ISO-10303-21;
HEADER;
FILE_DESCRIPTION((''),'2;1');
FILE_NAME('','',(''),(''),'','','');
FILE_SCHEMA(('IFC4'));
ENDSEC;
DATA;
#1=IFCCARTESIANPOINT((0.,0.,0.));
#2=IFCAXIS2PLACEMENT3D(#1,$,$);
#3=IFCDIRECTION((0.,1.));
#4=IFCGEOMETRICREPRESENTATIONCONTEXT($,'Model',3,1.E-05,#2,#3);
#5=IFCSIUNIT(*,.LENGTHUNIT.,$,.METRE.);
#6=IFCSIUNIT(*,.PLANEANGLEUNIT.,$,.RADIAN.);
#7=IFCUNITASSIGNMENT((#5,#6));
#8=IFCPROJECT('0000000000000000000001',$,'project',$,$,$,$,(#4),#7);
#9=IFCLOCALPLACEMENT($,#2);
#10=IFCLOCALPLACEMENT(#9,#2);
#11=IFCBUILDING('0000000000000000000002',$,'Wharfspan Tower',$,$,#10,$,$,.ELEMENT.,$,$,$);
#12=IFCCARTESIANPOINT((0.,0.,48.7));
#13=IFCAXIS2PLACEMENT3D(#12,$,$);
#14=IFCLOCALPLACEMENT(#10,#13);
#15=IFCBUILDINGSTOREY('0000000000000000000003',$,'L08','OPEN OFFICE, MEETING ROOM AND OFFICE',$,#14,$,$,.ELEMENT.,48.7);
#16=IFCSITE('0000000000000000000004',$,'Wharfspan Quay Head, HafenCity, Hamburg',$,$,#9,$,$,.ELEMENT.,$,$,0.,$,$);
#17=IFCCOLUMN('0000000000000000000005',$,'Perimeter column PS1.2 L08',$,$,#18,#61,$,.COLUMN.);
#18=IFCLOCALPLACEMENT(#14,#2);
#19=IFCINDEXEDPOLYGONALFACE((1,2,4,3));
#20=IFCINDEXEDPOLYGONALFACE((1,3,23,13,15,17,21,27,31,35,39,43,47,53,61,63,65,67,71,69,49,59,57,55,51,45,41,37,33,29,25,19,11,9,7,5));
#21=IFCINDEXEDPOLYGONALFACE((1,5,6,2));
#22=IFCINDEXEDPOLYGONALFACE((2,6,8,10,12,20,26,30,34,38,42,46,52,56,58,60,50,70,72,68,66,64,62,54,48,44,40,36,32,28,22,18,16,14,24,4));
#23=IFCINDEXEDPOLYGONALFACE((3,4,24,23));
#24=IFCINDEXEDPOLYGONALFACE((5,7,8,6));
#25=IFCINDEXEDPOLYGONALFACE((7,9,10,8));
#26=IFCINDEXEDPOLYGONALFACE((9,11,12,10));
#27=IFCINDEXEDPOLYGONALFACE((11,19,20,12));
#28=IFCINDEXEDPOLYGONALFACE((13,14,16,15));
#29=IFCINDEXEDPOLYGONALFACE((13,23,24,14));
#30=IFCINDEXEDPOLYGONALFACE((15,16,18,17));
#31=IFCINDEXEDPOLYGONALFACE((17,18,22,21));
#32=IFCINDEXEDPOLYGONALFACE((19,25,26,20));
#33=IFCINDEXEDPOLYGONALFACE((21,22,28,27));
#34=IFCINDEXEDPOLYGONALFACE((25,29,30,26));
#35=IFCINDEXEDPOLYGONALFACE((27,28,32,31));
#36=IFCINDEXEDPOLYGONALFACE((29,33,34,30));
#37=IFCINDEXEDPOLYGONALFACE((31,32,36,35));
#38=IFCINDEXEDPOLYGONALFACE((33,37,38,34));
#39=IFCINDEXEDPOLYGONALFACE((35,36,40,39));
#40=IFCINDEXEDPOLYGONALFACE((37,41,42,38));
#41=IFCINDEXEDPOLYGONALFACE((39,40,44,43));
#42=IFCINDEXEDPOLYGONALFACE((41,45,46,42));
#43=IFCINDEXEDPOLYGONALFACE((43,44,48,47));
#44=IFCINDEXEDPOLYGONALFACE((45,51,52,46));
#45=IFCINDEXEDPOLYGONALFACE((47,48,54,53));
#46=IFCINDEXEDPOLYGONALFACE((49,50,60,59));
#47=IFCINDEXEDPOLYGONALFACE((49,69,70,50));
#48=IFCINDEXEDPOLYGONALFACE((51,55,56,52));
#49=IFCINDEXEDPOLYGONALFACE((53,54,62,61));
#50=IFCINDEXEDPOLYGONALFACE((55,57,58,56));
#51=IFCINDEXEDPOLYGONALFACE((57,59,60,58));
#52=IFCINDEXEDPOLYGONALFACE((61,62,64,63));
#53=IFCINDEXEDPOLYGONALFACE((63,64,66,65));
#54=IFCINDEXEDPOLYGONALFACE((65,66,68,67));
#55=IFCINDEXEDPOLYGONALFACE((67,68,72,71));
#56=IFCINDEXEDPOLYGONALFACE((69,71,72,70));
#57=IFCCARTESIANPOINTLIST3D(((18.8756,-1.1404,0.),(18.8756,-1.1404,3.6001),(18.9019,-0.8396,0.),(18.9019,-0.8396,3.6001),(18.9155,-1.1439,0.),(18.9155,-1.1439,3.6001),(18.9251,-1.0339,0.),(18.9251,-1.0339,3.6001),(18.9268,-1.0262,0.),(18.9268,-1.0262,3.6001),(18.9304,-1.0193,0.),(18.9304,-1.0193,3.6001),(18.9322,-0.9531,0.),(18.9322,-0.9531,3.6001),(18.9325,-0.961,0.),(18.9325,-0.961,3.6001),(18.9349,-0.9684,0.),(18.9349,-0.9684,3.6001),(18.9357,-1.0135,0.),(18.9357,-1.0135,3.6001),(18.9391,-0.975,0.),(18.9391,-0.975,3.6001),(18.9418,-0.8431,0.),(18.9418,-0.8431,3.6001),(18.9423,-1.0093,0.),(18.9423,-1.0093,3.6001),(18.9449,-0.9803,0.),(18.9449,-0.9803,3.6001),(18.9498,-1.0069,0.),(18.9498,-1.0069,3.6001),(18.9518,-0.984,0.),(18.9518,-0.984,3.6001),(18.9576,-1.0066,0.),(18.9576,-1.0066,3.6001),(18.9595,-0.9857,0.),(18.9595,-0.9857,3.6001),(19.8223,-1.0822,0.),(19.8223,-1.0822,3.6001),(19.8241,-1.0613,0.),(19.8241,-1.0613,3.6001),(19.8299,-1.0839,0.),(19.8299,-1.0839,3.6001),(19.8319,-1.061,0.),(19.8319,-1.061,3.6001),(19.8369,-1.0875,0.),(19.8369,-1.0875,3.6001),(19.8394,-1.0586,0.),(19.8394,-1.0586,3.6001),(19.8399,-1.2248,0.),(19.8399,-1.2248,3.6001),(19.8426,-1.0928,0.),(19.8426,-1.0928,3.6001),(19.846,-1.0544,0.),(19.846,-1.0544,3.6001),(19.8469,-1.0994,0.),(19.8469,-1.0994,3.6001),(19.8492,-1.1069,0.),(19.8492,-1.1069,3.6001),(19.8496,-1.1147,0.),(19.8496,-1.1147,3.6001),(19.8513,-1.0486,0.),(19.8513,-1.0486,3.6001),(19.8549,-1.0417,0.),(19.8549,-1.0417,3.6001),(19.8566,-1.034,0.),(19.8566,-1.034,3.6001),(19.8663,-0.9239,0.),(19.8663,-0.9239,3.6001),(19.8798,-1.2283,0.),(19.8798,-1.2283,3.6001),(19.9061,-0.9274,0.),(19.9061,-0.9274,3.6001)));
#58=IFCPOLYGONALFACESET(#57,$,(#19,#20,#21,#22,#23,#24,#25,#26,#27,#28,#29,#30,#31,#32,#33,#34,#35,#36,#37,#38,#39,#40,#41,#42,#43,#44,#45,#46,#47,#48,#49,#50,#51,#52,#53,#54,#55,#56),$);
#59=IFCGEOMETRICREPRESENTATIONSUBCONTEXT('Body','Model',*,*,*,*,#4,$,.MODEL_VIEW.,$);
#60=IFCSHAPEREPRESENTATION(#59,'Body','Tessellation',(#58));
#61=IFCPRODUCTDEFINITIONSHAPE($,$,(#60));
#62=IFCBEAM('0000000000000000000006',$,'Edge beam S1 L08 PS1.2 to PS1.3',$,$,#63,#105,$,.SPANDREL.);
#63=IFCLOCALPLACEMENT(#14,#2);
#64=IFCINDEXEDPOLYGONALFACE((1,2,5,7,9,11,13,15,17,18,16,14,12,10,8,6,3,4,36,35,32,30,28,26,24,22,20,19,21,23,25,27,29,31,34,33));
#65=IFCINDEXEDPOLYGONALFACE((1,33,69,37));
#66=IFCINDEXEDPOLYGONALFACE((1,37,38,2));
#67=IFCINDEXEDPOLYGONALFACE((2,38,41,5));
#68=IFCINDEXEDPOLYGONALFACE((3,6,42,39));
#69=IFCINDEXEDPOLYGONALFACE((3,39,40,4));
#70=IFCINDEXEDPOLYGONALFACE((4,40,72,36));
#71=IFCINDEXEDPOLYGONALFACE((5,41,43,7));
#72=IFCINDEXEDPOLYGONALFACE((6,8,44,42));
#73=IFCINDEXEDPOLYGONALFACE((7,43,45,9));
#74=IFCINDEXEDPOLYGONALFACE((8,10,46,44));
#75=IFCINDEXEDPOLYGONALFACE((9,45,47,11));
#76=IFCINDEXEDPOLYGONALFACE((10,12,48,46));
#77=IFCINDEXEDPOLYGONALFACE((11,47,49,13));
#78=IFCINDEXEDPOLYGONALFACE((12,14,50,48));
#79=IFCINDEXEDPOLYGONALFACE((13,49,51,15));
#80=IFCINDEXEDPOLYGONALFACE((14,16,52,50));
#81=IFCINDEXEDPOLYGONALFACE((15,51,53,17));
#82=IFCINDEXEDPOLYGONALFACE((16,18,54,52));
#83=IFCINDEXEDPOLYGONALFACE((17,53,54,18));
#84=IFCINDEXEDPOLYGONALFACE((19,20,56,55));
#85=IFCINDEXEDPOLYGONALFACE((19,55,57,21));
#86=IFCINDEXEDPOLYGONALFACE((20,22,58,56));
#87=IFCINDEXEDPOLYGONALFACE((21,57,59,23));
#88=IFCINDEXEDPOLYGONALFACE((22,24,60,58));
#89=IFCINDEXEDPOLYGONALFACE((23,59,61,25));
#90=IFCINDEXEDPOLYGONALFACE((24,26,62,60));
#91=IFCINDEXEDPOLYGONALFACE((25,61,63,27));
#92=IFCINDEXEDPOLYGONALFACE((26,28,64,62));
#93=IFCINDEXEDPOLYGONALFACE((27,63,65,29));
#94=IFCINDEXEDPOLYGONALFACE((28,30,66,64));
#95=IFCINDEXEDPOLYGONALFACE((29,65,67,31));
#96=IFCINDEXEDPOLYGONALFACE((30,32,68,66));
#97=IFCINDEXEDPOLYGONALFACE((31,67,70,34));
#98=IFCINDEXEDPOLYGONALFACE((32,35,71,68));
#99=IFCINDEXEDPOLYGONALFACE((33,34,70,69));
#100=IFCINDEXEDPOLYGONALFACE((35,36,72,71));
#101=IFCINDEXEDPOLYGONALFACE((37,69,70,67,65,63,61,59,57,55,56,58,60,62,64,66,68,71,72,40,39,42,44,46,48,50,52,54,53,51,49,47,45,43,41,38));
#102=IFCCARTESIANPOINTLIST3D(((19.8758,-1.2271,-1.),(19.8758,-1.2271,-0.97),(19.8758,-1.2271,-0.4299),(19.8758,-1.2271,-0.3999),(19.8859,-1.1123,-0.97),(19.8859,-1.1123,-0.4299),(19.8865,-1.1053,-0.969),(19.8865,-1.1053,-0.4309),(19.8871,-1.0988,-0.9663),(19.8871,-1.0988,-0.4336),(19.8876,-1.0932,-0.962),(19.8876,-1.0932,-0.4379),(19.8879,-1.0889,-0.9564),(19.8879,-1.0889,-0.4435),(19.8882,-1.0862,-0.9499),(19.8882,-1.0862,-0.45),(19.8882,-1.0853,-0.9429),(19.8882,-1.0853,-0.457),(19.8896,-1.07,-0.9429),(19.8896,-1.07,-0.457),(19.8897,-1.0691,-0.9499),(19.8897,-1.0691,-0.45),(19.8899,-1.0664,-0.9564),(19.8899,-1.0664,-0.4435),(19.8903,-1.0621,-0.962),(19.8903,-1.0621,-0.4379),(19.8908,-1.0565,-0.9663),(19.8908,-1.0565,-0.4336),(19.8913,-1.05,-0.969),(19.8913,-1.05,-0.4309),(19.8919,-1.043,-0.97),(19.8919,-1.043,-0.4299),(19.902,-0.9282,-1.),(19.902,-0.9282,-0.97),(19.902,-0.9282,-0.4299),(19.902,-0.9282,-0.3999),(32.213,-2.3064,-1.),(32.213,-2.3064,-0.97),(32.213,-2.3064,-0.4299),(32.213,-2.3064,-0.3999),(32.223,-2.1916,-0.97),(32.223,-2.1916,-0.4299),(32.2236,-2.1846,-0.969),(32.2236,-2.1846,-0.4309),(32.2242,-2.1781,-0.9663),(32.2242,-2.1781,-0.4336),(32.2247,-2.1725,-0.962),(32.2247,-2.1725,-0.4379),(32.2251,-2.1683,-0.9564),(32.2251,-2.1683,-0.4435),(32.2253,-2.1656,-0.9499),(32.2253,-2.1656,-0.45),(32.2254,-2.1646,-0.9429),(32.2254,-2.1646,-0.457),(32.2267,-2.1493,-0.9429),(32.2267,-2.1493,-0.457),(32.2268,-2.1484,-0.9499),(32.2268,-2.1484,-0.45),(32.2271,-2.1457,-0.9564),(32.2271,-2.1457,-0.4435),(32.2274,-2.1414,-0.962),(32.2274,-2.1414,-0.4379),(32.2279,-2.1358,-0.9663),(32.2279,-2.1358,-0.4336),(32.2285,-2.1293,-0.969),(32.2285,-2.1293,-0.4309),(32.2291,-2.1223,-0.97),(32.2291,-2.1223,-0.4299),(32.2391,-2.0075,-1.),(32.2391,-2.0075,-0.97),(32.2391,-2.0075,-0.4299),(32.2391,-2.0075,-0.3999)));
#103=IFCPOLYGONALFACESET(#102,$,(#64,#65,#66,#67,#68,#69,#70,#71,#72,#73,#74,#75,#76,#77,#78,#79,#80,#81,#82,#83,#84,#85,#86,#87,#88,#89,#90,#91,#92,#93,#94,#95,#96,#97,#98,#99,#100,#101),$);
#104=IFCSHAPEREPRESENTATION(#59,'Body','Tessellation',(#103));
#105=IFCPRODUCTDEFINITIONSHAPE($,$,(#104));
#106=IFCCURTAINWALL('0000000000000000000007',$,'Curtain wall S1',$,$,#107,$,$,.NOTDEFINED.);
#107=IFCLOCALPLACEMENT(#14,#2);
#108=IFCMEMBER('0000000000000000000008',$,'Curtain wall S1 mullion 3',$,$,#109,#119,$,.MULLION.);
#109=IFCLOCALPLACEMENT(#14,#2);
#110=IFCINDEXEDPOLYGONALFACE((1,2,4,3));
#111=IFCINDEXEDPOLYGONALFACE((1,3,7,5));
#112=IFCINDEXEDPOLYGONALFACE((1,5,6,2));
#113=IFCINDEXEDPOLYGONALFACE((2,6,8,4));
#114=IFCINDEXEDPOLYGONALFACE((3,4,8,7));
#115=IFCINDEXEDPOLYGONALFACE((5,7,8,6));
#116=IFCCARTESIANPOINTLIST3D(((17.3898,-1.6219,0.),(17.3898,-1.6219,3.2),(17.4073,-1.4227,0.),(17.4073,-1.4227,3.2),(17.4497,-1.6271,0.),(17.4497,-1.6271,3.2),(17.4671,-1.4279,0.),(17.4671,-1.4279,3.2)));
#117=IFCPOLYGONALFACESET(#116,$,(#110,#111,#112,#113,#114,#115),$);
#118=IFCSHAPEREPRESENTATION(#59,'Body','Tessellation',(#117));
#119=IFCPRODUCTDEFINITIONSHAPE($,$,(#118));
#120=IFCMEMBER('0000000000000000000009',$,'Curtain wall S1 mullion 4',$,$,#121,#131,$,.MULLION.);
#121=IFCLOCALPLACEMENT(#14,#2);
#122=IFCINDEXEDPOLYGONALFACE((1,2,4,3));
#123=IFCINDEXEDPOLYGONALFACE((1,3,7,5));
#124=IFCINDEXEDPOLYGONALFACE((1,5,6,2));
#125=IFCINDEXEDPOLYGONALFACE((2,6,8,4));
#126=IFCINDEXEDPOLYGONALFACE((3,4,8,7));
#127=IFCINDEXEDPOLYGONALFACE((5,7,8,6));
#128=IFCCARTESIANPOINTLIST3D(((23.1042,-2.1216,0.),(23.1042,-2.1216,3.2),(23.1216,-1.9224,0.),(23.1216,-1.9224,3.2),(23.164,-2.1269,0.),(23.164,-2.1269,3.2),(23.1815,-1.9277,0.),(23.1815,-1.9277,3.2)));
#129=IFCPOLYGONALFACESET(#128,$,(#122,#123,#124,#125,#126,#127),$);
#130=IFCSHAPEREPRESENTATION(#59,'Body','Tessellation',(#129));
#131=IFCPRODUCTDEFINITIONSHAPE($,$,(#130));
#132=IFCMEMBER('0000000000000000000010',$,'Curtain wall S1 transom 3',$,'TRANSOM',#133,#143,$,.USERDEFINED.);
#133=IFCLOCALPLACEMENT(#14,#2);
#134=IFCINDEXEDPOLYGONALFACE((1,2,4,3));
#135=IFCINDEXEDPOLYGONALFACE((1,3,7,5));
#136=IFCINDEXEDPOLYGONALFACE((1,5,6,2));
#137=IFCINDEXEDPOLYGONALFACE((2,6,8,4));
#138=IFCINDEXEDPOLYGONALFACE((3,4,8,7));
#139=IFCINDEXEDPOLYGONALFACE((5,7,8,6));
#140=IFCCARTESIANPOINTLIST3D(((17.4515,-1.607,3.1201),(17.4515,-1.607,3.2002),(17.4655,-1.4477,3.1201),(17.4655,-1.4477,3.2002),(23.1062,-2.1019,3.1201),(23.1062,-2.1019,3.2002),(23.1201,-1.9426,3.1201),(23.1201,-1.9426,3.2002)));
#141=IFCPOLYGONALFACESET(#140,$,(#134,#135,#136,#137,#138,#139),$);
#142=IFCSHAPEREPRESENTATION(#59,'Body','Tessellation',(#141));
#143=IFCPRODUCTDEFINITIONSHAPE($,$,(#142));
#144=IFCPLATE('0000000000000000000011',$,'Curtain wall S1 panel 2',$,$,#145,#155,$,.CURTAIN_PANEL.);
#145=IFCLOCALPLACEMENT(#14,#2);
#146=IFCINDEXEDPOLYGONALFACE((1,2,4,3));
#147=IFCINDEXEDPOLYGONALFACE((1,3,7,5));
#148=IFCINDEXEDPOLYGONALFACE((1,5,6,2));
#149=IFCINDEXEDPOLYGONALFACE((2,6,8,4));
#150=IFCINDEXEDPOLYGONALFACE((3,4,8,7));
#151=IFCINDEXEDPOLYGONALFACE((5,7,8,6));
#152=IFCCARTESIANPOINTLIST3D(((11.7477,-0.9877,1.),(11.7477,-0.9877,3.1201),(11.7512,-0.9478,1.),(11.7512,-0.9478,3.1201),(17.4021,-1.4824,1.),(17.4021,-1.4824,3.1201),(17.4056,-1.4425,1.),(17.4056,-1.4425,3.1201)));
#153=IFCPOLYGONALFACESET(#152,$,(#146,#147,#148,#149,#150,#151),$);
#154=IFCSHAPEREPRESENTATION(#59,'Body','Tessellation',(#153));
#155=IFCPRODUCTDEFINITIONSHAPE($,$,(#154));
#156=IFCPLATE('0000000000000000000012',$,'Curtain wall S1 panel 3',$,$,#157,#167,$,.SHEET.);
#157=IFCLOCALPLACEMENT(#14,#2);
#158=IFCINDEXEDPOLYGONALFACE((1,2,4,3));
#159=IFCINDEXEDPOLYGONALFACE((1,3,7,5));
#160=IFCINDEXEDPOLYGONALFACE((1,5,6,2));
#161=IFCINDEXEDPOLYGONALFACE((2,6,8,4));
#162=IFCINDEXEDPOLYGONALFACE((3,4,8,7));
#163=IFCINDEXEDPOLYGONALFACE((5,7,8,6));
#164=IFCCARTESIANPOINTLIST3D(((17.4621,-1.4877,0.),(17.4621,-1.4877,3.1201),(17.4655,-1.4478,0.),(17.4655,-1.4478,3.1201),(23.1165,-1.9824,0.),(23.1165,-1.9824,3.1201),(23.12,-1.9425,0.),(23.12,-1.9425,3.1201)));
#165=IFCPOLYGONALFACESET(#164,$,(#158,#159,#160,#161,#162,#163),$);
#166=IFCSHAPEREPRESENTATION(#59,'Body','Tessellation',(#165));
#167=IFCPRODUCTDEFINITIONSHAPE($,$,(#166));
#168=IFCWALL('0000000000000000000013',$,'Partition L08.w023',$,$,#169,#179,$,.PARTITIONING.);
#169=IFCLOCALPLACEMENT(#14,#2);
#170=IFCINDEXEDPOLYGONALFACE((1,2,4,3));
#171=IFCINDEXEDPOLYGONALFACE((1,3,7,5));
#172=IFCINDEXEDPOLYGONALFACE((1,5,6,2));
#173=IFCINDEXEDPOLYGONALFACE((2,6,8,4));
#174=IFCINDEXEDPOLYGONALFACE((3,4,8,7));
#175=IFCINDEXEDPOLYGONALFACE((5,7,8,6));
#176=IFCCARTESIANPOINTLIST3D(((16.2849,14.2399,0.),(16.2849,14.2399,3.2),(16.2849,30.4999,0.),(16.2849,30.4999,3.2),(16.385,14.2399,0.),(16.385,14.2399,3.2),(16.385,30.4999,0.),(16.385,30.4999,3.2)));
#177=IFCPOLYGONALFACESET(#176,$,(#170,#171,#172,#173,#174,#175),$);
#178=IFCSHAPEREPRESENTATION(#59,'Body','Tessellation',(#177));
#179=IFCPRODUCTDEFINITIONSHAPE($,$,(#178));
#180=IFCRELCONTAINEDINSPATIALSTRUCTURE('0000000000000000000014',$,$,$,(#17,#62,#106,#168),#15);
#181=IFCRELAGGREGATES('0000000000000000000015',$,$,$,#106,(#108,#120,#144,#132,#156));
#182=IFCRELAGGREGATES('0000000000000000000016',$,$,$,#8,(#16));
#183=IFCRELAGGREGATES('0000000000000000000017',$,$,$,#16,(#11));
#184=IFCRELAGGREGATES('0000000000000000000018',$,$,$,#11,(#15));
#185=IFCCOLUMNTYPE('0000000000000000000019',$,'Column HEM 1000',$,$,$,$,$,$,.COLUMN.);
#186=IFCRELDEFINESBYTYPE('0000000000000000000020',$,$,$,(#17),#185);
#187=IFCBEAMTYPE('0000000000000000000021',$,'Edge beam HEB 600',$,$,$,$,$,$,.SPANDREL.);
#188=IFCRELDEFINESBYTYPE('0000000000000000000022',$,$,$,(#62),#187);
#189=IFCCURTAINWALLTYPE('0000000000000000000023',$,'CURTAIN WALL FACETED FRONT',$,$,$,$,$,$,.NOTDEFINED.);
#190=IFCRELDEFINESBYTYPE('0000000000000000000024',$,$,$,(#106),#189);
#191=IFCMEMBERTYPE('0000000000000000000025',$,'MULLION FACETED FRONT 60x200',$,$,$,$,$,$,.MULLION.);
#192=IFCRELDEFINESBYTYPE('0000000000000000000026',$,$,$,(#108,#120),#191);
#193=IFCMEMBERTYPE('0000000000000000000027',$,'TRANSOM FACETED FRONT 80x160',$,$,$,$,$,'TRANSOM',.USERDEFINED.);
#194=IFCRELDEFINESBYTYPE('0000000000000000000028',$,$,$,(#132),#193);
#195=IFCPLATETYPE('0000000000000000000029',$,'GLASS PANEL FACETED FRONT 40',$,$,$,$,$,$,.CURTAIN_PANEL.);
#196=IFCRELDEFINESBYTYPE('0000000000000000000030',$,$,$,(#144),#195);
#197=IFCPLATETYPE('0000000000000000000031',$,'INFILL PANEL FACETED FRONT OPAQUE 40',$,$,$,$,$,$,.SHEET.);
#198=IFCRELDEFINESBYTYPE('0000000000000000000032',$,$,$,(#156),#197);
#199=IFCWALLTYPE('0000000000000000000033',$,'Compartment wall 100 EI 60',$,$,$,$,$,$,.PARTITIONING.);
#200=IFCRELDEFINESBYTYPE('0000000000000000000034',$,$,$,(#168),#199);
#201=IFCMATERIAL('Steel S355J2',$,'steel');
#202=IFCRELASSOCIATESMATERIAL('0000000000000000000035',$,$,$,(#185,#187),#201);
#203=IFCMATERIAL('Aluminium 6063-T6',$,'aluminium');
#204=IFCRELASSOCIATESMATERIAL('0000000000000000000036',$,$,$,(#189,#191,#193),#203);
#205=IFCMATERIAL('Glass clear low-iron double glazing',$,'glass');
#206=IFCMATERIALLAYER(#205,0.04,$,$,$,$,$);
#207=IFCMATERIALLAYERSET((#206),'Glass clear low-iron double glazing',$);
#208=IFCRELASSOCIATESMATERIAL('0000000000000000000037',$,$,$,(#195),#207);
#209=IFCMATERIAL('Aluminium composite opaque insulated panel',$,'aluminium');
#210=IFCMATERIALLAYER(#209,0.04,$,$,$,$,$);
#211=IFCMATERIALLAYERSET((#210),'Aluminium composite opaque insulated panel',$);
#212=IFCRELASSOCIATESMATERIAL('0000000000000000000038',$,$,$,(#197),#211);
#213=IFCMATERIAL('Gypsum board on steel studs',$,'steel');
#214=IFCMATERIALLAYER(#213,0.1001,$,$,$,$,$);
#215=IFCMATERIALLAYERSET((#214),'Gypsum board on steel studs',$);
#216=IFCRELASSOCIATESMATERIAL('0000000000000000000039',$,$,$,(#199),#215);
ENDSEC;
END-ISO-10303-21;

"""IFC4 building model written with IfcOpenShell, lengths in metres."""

from ifc_helpers import new_model, si_unit, direction, frame, frame_2d, origin, origin_2d, place, context, subcontext, project, spatial, rectangle, i_section, extrude, material, layer, layer_set, material_profile, profile_set, type_object, element, aggregate, save


model = new_model("IFC4")

# Units and contexts
model_context = context("Model", 3, precision=1e-05, world=origin(), true_north=direction((0.0, 1.0)))
body_context = subcontext(model_context, "Body", "Model", "MODEL_VIEW")
ifc_project = project(units=[si_unit("LENGTHUNIT", "METRE"), si_unit("PLANEANGLEUNIT", "RADIAN")], contexts=[model_context])

# Site, building, storey
site_placement = place(None, origin())
site = spatial("IfcSite", under=ifc_project, at=site_placement, Name="Wharfspan Quay Head, HafenCity, Hamburg", CompositionType="ELEMENT", RefElevation=0.0)
building_placement = place(site_placement, origin())
building = spatial("IfcBuilding", under=site, at=building_placement, Name="Wharfspan Tower", CompositionType="ELEMENT")
storey_placement = place(building_placement, frame((0.0, 0.0, 48.7)))
storey = spatial("IfcBuildingStorey", under=building, at=storey_placement, Name="L08", Description="OPEN OFFICE, MEETING ROOM AND OFFICE", CompositionType="ELEMENT", Elevation=48.7)

# Column
ifc_material_1 = material(Name="Steel S355J2", Category="steel")
ifc_material_profile_1 = material_profile(ifc_material_1, i_section(OverallWidth=0.302, OverallDepth=1.0081, WebThickness=0.021, FlangeThickness=0.04, FilletRadius=0.03, at=origin_2d()))
ifc_profile_set_1 = profile_set([ifc_material_profile_1], Name="Steel S355J2")
column_type = type_object("IfcColumnType", Name="Column HEM 1000", PredefinedType="COLUMN", material=ifc_profile_set_1)
column_placement = place(storey_placement, frame((19.3909, -1.0339, 0.0), z_axis=(0.0, 0.0, 1.0), x_axis=(-0.087156, -0.996198, 0.0)))
element("IfcColumn", 1, at=column_placement, inside=storey, type_object=column_type, Name="Perimeter column PS1.2 L08", PredefinedType="COLUMN", context=body_context, shape_type="SweptSolid", body=[
    extrude(i_section(OverallWidth=0.302, OverallDepth=1.0081, WebThickness=0.021, FlangeThickness=0.04, FilletRadius=0.03, at=origin_2d()), origin(), (0.0, 0.0, 1.0), 3.6001),
])

# Beam
ifc_material_profile_2 = material_profile(ifc_material_1, i_section(OverallWidth=0.3, OverallDepth=0.6001, WebThickness=0.0154, FlangeThickness=0.03, FilletRadius=0.0271, at=origin_2d()))
ifc_profile_set_2 = profile_set([ifc_material_profile_2], Name="Steel S355J2")
beam_type = type_object("IfcBeamType", Name="Edge beam HEB 600", PredefinedType="SPANDREL", material=ifc_profile_set_2)
beam_placement = place(storey_placement, frame((19.8889, -1.0776, -0.7), z_axis=(0.996195, -0.087154, 0.0), x_axis=(0.087154, 0.996195, 0.0)))
element("IfcBeam", 2, at=beam_placement, inside=storey, type_object=beam_type, Name="Edge beam S1 L08 PS1.2 to PS1.3", PredefinedType="SPANDREL", context=body_context, shape_type="SweptSolid", body=[
    extrude(i_section(OverallWidth=0.3, OverallDepth=0.6001, WebThickness=0.0154, FlangeThickness=0.03, FilletRadius=0.0271, at=origin_2d()), origin(), (0.0, 0.0, 1.0), 12.3843),
])

# Curtain wall, members, plates
ifc_material_2 = material(Name="Aluminium 6063-T6", Category="aluminium")
curtain_wall_type = type_object("IfcCurtainWallType", Name="CURTAIN WALL FACETED FRONT", PredefinedType="NOTDEFINED", material=ifc_material_2)
curtain_wall_placement = place(storey_placement, origin())
curtain_wall = element("IfcCurtainWall", 3, at=curtain_wall_placement, inside=storey, type_object=curtain_wall_type, Name="Curtain wall S1", PredefinedType="NOTDEFINED")
ifc_material_profile_3 = material_profile(ifc_material_2, rectangle(XDim=0.2, YDim=0.0601, at=origin_2d()))
ifc_profile_set_3 = profile_set([ifc_material_profile_3], Name="Aluminium 6063-T6")
member_type_1 = type_object("IfcMemberType", Name="MULLION FACETED FRONT 60x200", PredefinedType="MULLION", material=ifc_profile_set_3)
member_1_placement = place(storey_placement, frame((17.4285, -1.5249, 0.0), z_axis=(0.0, 0.0, 1.0), x_axis=(0.087156, 0.996197, 0.0)))
member_1 = element("IfcMember", 4, at=member_1_placement, type_object=member_type_1, Name="Curtain wall S1 mullion 3", PredefinedType="MULLION", context=body_context, shape_type="SweptSolid", body=[
    extrude(rectangle(XDim=0.2, YDim=0.0601, at=origin_2d()), origin(), (0.0, 0.0, 1.0), 3.2),
])
member_2_placement = place(storey_placement, frame((23.1428, -2.0247, 0.0), z_axis=(0.0, 0.0, 1.0), x_axis=(0.087156, 0.996197, 0.0)))
member_2 = element("IfcMember", 5, at=member_2_placement, type_object=member_type_1, Name="Curtain wall S1 mullion 4", PredefinedType="MULLION", context=body_context, shape_type="SweptSolid", body=[
    extrude(rectangle(XDim=0.2, YDim=0.0601, at=origin_2d()), origin(), (0.0, 0.0, 1.0), 3.2),
])
ifc_material_profile_4 = material_profile(ifc_material_2, rectangle(XDim=0.1599, YDim=0.0801, at=origin_2d()))
ifc_profile_set_4 = profile_set([ifc_material_profile_4], Name="Aluminium 6063-T6")
member_type_2 = type_object("IfcMemberType", Name="TRANSOM FACETED FRONT 80x160", ElementType="TRANSOM", PredefinedType="USERDEFINED", material=ifc_profile_set_4)
member_3_placement = place(storey_placement, frame((17.4585, -1.5273, 3.1602), z_axis=(0.996192, -0.087185, 0.0), x_axis=(0.087185, 0.996192, 0.0)))
member_3 = element("IfcMember", 6, at=member_3_placement, type_object=member_type_2, Name="Curtain wall S1 transom 3", ObjectType="TRANSOM", PredefinedType="USERDEFINED", context=body_context, shape_type="SweptSolid", body=[
    extrude(rectangle(XDim=0.1599, YDim=0.0801, at=origin_2d()), origin(), (0.0, 0.0, 1.0), 5.6763),
])
ifc_material_3 = material(Name="Glass clear low-iron double glazing", Category="glass")
ifc_layer_1 = layer(ifc_material_3, 0.04)
ifc_layer_set_1 = layer_set([ifc_layer_1], Name="Glass clear low-iron double glazing")
plate_type_1 = type_object("IfcPlateType", Name="GLASS PANEL FACETED FRONT 40", PredefinedType="CURTAIN_PANEL", material=ifc_layer_set_1)
plate_1_placement = place(storey_placement, frame((14.5767, -1.2151, 1.0), z_axis=(0.0, 0.0, 1.0), x_axis=(0.996197, -0.087156, 0.0)))
plate_1 = element("IfcPlate", 7, at=plate_1_placement, type_object=plate_type_1, Name="Curtain wall S1 panel 2", PredefinedType="CURTAIN_PANEL", context=body_context, shape_type="SweptSolid", body=[
    extrude(rectangle(XDim=5.676, YDim=0.04, at=origin_2d()), origin(), (0.0, 0.0, 1.0), 2.1201),
])
ifc_material_4 = material(Name="Aluminium composite opaque insulated panel", Category="aluminium")
ifc_layer_2 = layer(ifc_material_4, 0.04)
ifc_layer_set_2 = layer_set([ifc_layer_2], Name="Aluminium composite opaque insulated panel")
plate_type_2 = type_object("IfcPlateType", Name="INFILL PANEL FACETED FRONT OPAQUE 40", PredefinedType="SHEET", material=ifc_layer_set_2)
plate_2_placement = place(storey_placement, frame((20.291, -1.7151, 0.0), z_axis=(0.0, 0.0, 1.0), x_axis=(0.996197, -0.087156, 0.0)))
plate_2 = element("IfcPlate", 8, at=plate_2_placement, type_object=plate_type_2, Name="Curtain wall S1 panel 3", PredefinedType="SHEET", context=body_context, shape_type="SweptSolid", body=[
    extrude(rectangle(XDim=5.676, YDim=0.04, at=origin_2d()), origin(), (0.0, 0.0, 1.0), 3.1201),
])
aggregate(curtain_wall, [member_1, member_2, plate_1, member_3, plate_2])

# Wall
ifc_material_5 = material(Name="Gypsum board on steel studs", Category="steel")
ifc_layer_3 = layer(ifc_material_5, 0.1001)
ifc_layer_set_3 = layer_set([ifc_layer_3], Name="Gypsum board on steel studs")
wall_type_1 = type_object("IfcWallType", Name="Compartment wall 100 EI 60", PredefinedType="PARTITIONING", material=ifc_layer_set_3)
wall_1_placement = place(storey_placement, frame((16.335, 14.24, 0.0), z_axis=(0.0, 0.0, 1.0), x_axis=(0.0, 1.0, 0.0)))
element("IfcWall", 9, at=wall_1_placement, inside=storey, type_object=wall_type_1, Name="Partition L08.w023", PredefinedType="PARTITIONING", context=body_context, shape_type="SweptSolid", body=[
    extrude(rectangle(XDim=16.26, YDim=0.1001, at=frame_2d((8.1299, 0.0))), origin(), (0.0, 0.0, 1.0), 3.2),
])

save(model, "model.ifc")
